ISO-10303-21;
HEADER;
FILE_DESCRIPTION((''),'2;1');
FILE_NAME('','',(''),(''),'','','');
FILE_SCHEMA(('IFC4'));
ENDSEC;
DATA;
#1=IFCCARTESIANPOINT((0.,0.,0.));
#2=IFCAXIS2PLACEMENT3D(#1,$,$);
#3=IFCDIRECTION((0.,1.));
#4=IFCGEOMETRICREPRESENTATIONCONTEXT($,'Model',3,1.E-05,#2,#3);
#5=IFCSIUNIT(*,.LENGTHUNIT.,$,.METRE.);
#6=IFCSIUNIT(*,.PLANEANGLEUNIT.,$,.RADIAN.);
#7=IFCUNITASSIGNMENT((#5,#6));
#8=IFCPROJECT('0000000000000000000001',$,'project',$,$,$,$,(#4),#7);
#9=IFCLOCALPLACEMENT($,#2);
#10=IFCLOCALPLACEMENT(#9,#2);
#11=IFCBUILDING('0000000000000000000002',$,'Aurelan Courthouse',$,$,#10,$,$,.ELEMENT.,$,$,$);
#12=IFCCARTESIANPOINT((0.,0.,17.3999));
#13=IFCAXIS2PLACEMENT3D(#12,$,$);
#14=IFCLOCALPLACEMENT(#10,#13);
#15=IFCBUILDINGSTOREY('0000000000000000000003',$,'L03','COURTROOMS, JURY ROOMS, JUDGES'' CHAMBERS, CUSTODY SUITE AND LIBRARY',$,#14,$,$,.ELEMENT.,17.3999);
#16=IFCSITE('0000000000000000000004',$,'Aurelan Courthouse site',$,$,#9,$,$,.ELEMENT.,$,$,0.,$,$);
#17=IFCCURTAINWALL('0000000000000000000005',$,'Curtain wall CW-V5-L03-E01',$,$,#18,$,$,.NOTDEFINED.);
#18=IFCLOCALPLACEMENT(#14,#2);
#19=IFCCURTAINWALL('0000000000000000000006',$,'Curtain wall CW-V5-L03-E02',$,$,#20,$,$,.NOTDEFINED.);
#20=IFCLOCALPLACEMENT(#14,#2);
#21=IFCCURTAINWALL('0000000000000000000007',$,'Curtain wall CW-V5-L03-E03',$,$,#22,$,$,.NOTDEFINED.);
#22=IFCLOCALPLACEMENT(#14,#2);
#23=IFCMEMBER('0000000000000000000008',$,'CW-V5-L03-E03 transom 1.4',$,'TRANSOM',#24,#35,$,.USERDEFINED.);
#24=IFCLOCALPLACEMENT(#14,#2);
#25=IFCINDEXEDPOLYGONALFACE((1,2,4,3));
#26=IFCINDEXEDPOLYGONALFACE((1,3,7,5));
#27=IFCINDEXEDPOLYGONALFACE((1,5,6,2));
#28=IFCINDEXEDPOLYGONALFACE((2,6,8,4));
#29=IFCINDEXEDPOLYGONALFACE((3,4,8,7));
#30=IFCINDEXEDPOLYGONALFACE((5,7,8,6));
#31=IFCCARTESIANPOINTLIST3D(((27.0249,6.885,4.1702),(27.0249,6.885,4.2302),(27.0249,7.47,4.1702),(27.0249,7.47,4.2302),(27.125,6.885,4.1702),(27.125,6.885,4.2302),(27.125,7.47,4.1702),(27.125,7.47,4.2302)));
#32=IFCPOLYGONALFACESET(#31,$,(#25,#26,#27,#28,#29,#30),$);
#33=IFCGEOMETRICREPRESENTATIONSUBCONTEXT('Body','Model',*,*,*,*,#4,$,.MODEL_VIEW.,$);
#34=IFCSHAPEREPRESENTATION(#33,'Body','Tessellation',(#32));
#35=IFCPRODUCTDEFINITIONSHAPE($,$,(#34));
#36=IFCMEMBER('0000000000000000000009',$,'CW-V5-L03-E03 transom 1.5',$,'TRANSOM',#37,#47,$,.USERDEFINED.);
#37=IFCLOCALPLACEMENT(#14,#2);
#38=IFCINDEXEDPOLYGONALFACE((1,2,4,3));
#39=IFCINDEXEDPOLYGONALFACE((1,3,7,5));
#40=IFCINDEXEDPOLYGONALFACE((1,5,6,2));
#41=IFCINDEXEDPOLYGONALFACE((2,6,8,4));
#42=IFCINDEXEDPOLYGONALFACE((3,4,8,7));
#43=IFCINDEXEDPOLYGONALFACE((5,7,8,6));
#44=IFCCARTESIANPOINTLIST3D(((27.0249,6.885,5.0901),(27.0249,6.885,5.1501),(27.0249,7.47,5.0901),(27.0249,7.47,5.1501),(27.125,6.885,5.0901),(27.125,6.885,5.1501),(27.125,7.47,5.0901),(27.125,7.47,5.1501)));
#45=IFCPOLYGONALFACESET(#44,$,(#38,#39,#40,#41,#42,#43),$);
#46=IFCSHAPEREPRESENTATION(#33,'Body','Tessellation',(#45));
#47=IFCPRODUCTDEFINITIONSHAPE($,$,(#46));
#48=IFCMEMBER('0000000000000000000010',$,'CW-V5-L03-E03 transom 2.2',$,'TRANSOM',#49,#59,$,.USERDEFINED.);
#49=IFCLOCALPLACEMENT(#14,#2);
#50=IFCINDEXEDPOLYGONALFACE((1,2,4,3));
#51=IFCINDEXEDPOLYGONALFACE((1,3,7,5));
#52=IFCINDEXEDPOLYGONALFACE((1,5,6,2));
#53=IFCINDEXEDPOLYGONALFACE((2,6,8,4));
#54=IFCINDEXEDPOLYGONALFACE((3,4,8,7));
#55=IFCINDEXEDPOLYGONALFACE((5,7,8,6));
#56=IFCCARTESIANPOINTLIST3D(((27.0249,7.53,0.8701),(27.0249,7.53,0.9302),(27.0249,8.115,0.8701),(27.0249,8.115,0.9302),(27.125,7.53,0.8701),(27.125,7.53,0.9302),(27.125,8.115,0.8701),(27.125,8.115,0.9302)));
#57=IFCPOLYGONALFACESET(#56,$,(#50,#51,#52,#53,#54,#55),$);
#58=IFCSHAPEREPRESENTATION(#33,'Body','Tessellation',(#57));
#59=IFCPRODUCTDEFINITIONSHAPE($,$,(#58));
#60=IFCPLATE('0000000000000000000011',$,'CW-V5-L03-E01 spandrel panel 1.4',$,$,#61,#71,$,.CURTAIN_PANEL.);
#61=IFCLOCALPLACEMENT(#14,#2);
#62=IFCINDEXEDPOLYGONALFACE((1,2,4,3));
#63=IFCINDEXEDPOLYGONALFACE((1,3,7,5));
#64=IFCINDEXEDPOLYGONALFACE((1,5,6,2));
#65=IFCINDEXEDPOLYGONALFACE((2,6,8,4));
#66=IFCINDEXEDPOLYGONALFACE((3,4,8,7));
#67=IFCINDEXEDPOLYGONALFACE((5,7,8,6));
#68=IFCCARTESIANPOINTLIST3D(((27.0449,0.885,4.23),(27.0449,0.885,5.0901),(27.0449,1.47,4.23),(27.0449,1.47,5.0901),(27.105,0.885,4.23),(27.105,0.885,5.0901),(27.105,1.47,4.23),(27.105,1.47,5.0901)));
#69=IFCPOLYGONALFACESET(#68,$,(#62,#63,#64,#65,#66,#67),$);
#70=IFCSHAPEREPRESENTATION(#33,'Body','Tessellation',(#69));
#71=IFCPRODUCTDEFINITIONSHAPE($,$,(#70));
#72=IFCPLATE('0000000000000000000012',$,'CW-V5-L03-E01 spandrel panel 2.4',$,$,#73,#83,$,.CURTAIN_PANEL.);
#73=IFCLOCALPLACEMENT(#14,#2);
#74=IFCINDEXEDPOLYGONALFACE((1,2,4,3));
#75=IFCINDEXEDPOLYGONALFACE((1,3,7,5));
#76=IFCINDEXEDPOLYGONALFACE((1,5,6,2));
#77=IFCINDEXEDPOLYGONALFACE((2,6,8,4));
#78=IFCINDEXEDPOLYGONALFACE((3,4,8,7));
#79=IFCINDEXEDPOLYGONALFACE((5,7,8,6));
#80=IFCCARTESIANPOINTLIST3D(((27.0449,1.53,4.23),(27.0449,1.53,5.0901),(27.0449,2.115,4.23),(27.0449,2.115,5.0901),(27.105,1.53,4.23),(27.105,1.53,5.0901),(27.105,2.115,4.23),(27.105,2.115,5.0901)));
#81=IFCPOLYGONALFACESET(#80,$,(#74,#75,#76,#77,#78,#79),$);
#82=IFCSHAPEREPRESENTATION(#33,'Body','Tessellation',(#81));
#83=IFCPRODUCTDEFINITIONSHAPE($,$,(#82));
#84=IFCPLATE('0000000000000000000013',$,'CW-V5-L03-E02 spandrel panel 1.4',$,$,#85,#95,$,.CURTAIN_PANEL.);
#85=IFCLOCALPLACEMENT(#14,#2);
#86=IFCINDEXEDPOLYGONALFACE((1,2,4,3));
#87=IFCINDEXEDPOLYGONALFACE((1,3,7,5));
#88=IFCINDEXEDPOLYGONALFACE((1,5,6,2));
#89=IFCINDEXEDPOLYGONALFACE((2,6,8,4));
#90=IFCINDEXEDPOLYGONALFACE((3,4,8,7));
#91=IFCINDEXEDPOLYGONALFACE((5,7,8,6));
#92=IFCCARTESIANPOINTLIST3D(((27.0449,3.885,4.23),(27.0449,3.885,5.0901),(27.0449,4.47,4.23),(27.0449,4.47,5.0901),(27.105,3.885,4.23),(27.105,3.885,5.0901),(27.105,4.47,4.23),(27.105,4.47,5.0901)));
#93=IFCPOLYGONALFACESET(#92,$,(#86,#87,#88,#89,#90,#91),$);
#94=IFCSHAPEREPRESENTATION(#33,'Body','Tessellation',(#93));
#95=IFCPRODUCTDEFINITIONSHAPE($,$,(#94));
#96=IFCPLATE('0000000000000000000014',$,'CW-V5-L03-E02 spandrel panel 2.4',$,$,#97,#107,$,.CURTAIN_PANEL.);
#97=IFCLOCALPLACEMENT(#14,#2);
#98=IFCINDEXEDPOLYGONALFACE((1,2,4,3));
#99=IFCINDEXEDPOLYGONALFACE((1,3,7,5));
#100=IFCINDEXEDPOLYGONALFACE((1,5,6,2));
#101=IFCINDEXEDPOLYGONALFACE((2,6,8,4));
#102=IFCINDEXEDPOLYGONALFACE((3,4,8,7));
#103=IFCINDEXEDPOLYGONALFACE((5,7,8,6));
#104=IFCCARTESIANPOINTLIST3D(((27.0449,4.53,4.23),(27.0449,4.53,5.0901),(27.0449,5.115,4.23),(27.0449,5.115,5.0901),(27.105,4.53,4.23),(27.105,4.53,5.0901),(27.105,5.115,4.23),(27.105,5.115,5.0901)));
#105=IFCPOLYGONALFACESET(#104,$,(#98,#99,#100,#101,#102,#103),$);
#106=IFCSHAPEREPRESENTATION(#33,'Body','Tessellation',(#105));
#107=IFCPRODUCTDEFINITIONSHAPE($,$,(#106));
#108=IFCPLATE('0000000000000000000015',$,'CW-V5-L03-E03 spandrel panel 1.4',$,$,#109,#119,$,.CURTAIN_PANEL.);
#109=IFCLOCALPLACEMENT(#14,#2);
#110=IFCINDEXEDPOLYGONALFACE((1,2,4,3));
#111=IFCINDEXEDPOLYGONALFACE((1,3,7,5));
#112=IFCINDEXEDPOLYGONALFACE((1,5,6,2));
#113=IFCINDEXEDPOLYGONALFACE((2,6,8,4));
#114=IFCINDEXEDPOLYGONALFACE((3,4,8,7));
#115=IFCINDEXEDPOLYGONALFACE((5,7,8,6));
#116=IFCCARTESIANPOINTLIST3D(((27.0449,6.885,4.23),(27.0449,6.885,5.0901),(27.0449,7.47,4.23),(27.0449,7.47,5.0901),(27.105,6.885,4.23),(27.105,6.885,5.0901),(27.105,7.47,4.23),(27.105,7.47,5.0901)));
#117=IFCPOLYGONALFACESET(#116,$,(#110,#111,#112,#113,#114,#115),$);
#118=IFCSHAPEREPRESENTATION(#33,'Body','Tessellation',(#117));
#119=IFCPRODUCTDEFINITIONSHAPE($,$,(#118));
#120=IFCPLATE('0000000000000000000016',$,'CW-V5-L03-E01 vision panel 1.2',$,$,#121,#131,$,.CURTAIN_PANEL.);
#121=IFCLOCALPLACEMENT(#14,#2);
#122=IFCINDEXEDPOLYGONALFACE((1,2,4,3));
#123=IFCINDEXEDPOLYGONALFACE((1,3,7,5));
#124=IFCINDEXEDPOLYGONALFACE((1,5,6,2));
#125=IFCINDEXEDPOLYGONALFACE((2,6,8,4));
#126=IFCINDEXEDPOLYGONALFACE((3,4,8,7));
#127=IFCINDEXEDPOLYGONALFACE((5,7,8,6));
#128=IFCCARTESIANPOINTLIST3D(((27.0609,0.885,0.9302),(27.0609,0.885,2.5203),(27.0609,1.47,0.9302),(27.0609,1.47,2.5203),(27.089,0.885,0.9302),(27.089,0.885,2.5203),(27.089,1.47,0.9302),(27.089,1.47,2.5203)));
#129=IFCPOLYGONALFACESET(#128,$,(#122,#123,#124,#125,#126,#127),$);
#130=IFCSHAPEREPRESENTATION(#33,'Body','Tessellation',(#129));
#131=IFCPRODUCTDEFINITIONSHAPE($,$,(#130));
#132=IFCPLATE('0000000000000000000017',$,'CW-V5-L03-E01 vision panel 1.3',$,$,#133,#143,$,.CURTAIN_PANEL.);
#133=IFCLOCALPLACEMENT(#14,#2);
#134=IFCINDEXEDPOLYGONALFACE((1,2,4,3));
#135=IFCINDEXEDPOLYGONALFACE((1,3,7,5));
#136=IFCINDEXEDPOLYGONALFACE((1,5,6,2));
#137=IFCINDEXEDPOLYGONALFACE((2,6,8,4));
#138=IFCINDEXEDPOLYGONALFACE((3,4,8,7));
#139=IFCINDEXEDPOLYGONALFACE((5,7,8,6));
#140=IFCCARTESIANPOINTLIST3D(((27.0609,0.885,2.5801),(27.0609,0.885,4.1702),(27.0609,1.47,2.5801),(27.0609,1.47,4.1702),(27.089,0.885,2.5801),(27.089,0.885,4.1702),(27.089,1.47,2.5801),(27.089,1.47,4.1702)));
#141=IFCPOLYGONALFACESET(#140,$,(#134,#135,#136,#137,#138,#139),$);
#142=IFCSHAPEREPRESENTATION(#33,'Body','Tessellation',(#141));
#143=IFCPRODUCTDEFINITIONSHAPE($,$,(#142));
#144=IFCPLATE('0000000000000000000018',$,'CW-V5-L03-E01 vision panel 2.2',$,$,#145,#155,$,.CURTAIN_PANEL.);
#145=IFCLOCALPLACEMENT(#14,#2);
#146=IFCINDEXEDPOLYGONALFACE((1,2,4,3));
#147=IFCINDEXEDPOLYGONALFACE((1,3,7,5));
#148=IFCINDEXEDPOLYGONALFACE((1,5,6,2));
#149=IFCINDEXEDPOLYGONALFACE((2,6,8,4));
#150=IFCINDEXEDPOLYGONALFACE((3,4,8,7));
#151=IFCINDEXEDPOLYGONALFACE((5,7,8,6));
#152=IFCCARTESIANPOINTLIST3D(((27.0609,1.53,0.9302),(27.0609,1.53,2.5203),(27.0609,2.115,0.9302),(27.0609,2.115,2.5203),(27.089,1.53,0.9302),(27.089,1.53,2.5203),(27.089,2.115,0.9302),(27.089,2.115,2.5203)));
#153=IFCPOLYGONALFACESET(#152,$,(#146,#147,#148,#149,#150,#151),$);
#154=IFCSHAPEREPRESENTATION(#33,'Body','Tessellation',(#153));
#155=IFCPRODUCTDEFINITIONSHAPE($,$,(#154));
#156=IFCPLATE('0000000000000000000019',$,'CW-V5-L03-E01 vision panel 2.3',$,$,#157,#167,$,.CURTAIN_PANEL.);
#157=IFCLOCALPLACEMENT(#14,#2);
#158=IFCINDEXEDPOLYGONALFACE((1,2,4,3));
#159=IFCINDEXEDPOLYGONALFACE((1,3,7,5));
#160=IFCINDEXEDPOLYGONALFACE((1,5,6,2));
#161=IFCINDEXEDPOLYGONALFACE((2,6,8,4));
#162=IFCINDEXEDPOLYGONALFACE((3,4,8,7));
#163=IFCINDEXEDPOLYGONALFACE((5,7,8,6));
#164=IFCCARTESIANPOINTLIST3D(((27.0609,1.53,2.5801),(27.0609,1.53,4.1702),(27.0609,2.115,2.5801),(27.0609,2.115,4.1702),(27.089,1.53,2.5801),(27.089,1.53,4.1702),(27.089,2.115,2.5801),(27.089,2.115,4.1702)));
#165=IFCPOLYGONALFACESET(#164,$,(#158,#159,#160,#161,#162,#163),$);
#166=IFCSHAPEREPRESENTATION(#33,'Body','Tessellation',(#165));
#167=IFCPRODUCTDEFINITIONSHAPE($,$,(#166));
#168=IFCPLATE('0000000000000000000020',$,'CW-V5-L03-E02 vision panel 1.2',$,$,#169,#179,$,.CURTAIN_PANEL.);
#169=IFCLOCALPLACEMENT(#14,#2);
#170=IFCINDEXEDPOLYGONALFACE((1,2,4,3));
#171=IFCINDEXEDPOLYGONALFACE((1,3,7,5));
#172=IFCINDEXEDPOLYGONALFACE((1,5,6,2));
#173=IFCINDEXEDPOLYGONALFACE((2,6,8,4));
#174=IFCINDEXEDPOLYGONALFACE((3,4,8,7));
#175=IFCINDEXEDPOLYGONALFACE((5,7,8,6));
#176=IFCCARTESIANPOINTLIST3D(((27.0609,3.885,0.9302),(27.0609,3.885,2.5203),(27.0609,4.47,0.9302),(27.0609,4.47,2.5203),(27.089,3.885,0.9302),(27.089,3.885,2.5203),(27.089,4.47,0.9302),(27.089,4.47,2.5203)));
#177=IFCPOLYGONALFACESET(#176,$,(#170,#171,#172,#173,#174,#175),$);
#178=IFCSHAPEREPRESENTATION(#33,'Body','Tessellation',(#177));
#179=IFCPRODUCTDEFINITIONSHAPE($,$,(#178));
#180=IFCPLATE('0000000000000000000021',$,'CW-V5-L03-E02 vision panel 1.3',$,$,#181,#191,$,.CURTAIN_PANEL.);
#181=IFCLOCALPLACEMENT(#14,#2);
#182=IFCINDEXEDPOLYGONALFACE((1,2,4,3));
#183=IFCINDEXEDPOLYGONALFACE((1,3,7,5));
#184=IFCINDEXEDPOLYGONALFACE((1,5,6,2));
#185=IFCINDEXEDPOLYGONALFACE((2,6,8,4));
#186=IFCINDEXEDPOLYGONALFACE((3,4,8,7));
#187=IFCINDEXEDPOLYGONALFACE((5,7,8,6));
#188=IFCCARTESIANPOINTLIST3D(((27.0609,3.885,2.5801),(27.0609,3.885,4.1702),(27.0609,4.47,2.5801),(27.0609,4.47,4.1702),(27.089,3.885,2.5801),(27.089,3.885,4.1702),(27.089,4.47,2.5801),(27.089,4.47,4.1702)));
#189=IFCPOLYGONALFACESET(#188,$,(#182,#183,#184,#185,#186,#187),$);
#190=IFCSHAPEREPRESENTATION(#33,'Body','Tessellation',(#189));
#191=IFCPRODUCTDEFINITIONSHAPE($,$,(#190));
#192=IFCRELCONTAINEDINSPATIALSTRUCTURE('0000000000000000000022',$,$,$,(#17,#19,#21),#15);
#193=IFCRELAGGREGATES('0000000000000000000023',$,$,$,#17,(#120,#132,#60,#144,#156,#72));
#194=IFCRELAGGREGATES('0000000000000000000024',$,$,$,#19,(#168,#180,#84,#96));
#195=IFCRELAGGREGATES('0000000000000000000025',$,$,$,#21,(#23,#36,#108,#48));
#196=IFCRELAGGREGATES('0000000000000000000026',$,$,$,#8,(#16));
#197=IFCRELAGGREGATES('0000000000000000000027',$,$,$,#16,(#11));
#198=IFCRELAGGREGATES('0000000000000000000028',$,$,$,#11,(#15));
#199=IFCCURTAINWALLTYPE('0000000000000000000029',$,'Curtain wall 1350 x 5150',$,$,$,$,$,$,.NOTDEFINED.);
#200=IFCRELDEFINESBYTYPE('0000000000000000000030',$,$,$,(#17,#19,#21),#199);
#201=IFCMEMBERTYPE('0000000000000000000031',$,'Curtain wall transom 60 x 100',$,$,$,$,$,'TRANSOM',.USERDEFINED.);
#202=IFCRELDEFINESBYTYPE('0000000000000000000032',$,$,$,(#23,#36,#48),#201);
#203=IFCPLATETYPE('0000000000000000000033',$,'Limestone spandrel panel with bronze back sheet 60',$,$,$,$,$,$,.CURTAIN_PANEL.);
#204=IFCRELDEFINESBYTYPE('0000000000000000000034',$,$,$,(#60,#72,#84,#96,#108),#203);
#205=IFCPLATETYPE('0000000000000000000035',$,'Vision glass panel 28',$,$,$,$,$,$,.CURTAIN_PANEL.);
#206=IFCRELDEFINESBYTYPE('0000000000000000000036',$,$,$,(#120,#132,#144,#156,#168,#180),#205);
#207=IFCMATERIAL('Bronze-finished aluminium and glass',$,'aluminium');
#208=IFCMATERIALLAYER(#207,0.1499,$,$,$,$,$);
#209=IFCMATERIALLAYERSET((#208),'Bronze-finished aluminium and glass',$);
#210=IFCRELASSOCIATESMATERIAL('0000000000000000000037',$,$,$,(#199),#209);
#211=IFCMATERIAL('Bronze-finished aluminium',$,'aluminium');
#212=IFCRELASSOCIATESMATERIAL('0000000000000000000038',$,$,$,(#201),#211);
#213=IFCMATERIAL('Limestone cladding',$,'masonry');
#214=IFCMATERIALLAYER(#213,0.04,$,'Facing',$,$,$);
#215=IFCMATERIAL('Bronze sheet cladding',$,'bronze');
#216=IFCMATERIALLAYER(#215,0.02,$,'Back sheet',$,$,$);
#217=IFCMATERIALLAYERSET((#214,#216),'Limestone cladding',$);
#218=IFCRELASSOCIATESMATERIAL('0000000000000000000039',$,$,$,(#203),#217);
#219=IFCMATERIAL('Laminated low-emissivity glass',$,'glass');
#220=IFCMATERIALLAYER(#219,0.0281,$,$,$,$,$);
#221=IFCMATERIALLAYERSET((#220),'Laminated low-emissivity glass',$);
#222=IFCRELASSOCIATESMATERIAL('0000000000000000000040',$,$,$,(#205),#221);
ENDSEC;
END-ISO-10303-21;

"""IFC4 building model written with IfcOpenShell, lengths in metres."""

from ifc_helpers import new_model, si_unit, direction, frame, origin, origin_2d, place, context, subcontext, project, spatial, rectangle, extrude, material, layer, layer_set, material_profile, profile_set, type_object, element, aggregate, save


model = new_model("IFC4")

# Units and contexts
model_context = context("Model", 3, precision=1e-05, world=origin(), true_north=direction((0.0, 1.0)))
body_context = subcontext(model_context, "Body", "Model", "MODEL_VIEW")
ifc_project = project(units=[si_unit("LENGTHUNIT", "METRE"), si_unit("PLANEANGLEUNIT", "RADIAN")], contexts=[model_context])

# Site, building, storey
site_placement = place(None, origin())
site = spatial("IfcSite", under=ifc_project, at=site_placement, Name="Aurelan Courthouse site", CompositionType="ELEMENT", RefElevation=0.0)
building_placement = place(site_placement, origin())
building = spatial("IfcBuilding", under=site, at=building_placement, Name="Aurelan Courthouse", CompositionType="ELEMENT")
storey_placement = place(building_placement, frame((0.0, 0.0, 17.3999)))
storey = spatial("IfcBuildingStorey", under=building, at=storey_placement, Name="L03", Description="COURTROOMS, JURY ROOMS, JUDGES' CHAMBERS, CUSTODY SUITE AND LIBRARY", CompositionType="ELEMENT", Elevation=17.3999)

# Curtain walls, members
ifc_material_1 = material(Name="Bronze-finished aluminium and glass", Category="aluminium")
ifc_layer_1 = layer(ifc_material_1, 0.1499)
ifc_layer_set_1 = layer_set([ifc_layer_1], Name="Bronze-finished aluminium and glass")
curtain_wall_type = type_object("IfcCurtainWallType", Name="Curtain wall 1350 x 5150", PredefinedType="NOTDEFINED", material=ifc_layer_set_1)
curtain_wall_1_placement = place(storey_placement, origin())
curtain_wall_1 = element("IfcCurtainWall", 1, at=curtain_wall_1_placement, inside=storey, type_object=curtain_wall_type, Name="Curtain wall CW-V5-L03-E01", PredefinedType="NOTDEFINED")
ifc_material_2 = material(Name="Bronze-finished aluminium", Category="aluminium")
ifc_material_profile = material_profile(ifc_material_2, rectangle(XDim=0.1001, YDim=0.0601, at=origin_2d()), Name="Bronze transom 60 x 100")
ifc_profile_set = profile_set([ifc_material_profile], Name="Bronze-finished aluminium")
member_type = type_object("IfcMemberType", Name="Curtain wall transom 60 x 100", ElementType="TRANSOM", PredefinedType="USERDEFINED", material=ifc_profile_set)
curtain_wall_2_placement = place(storey_placement, origin())
curtain_wall_2 = element("IfcCurtainWall", 2, at=curtain_wall_2_placement, inside=storey, type_object=curtain_wall_type, Name="Curtain wall CW-V5-L03-E02", PredefinedType="NOTDEFINED")
curtain_wall_3_placement = place(storey_placement, origin())
curtain_wall_3 = element("IfcCurtainWall", 3, at=curtain_wall_3_placement, inside=storey, type_object=curtain_wall_type, Name="Curtain wall CW-V5-L03-E03", PredefinedType="NOTDEFINED")
member_1_placement = place(storey_placement, frame((27.075, 6.885, 4.2002), z_axis=(0.0, 1.0, 0.0), x_axis=(-1.0, 0.0, 0.0)))
member_1 = element("IfcMember", 4, at=member_1_placement, type_object=member_type, Name="CW-V5-L03-E03 transom 1.4", ObjectType="TRANSOM", PredefinedType="USERDEFINED", context=body_context, shape_type="SweptSolid", body=[
    extrude(rectangle(XDim=0.1001, YDim=0.0601, at=origin_2d()), origin(), (0.0, 0.0, 1.0), 0.585),
])
member_2_placement = place(storey_placement, frame((27.075, 6.885, 5.1201), z_axis=(0.0, 1.0, 0.0), x_axis=(-1.0, 0.0, 0.0)))
member_2 = element("IfcMember", 5, at=member_2_placement, type_object=member_type, Name="CW-V5-L03-E03 transom 1.5", ObjectType="TRANSOM", PredefinedType="USERDEFINED", context=body_context, shape_type="SweptSolid", body=[
    extrude(rectangle(XDim=0.1001, YDim=0.0601, at=origin_2d()), origin(), (0.0, 0.0, 1.0), 0.585),
])
member_3_placement = place(storey_placement, frame((27.075, 7.53, 0.9001), z_axis=(0.0, 1.0, 0.0), x_axis=(-1.0, 0.0, 0.0)))
member_3 = element("IfcMember", 6, at=member_3_placement, type_object=member_type, Name="CW-V5-L03-E03 transom 2.2", ObjectType="TRANSOM", PredefinedType="USERDEFINED", context=body_context, shape_type="SweptSolid", body=[
    extrude(rectangle(XDim=0.1001, YDim=0.0601, at=origin_2d()), origin(), (0.0, 0.0, 1.0), 0.585),
])

# Plates
ifc_material_3 = material(Name="Limestone cladding", Category="masonry")
ifc_layer_2 = layer(ifc_material_3, 0.04, Name="Facing")
ifc_material_4 = material(Name="Bronze sheet cladding", Category="bronze")
ifc_layer_3 = layer(ifc_material_4, 0.02, Name="Back sheet")
ifc_layer_set_2 = layer_set([ifc_layer_2, ifc_layer_3], Name="Limestone cladding")
plate_type_1 = type_object("IfcPlateType", Name="Limestone spandrel panel with bronze back sheet 60", PredefinedType="CURTAIN_PANEL", material=ifc_layer_set_2)
plate_1_placement = place(storey_placement, frame((27.075, 1.1775, 4.23), z_axis=(0.0, 0.0, 1.0), x_axis=(0.0, 1.0, 0.0)))
plate_1 = element("IfcPlate", 7, at=plate_1_placement, type_object=plate_type_1, Name="CW-V5-L03-E01 spandrel panel 1.4", PredefinedType="CURTAIN_PANEL", context=body_context, shape_type="SweptSolid", body=[
    extrude(rectangle(XDim=0.585, YDim=0.0601, at=origin_2d()), origin(), (0.0, 0.0, 1.0), 0.8601),
])
plate_2_placement = place(storey_placement, frame((27.075, 1.8225, 4.23), z_axis=(0.0, 0.0, 1.0), x_axis=(0.0, 1.0, 0.0)))
plate_2 = element("IfcPlate", 8, at=plate_2_placement, type_object=plate_type_1, Name="CW-V5-L03-E01 spandrel panel 2.4", PredefinedType="CURTAIN_PANEL", context=body_context, shape_type="SweptSolid", body=[
    extrude(rectangle(XDim=0.585, YDim=0.0601, at=origin_2d()), origin(), (0.0, 0.0, 1.0), 0.8601),
])
plate_3_placement = place(storey_placement, frame((27.075, 4.1775, 4.23), z_axis=(0.0, 0.0, 1.0), x_axis=(0.0, 1.0, 0.0)))
plate_3 = element("IfcPlate", 9, at=plate_3_placement, type_object=plate_type_1, Name="CW-V5-L03-E02 spandrel panel 1.4", PredefinedType="CURTAIN_PANEL", context=body_context, shape_type="SweptSolid", body=[
    extrude(rectangle(XDim=0.585, YDim=0.0601, at=origin_2d()), origin(), (0.0, 0.0, 1.0), 0.8601),
])
plate_4_placement = place(storey_placement, frame((27.075, 4.8225, 4.23), z_axis=(0.0, 0.0, 1.0), x_axis=(0.0, 1.0, 0.0)))
plate_4 = element("IfcPlate", 10, at=plate_4_placement, type_object=plate_type_1, Name="CW-V5-L03-E02 spandrel panel 2.4", PredefinedType="CURTAIN_PANEL", context=body_context, shape_type="SweptSolid", body=[
    extrude(rectangle(XDim=0.585, YDim=0.0601, at=origin_2d()), origin(), (0.0, 0.0, 1.0), 0.8601),
])
plate_5_placement = place(storey_placement, frame((27.075, 7.1775, 4.23), z_axis=(0.0, 0.0, 1.0), x_axis=(0.0, 1.0, 0.0)))
plate_5 = element("IfcPlate", 11, at=plate_5_placement, type_object=plate_type_1, Name="CW-V5-L03-E03 spandrel panel 1.4", PredefinedType="CURTAIN_PANEL", context=body_context, shape_type="SweptSolid", body=[
    extrude(rectangle(XDim=0.585, YDim=0.0601, at=origin_2d()), origin(), (0.0, 0.0, 1.0), 0.8601),
])
ifc_material_5 = material(Name="Laminated low-emissivity glass", Category="glass")
ifc_layer_4 = layer(ifc_material_5, 0.0281)
ifc_layer_set_3 = layer_set([ifc_layer_4], Name="Laminated low-emissivity glass")
plate_type_2 = type_object("IfcPlateType", Name="Vision glass panel 28", PredefinedType="CURTAIN_PANEL", material=ifc_layer_set_3)
plate_6_placement = place(storey_placement, frame((27.075, 1.1775, 0.9302), z_axis=(0.0, 0.0, 1.0), x_axis=(0.0, 1.0, 0.0)))
plate_6 = element("IfcPlate", 12, at=plate_6_placement, type_object=plate_type_2, Name="CW-V5-L03-E01 vision panel 1.2", PredefinedType="CURTAIN_PANEL", context=body_context, shape_type="SweptSolid", body=[
    extrude(rectangle(XDim=0.585, YDim=0.0281, at=origin_2d()), origin(), (0.0, 0.0, 1.0), 1.5901),
])
plate_7_placement = place(storey_placement, frame((27.075, 1.1775, 2.5801), z_axis=(0.0, 0.0, 1.0), x_axis=(0.0, 1.0, 0.0)))
plate_7 = element("IfcPlate", 13, at=plate_7_placement, type_object=plate_type_2, Name="CW-V5-L03-E01 vision panel 1.3", PredefinedType="CURTAIN_PANEL", context=body_context, shape_type="SweptSolid", body=[
    extrude(rectangle(XDim=0.585, YDim=0.0281, at=origin_2d()), origin(), (0.0, 0.0, 1.0), 1.5901),
])
plate_8_placement = place(storey_placement, frame((27.075, 1.8225, 0.9302), z_axis=(0.0, 0.0, 1.0), x_axis=(0.0, 1.0, 0.0)))
plate_8 = element("IfcPlate", 14, at=plate_8_placement, type_object=plate_type_2, Name="CW-V5-L03-E01 vision panel 2.2", PredefinedType="CURTAIN_PANEL", context=body_context, shape_type="SweptSolid", body=[
    extrude(rectangle(XDim=0.585, YDim=0.0281, at=origin_2d()), origin(), (0.0, 0.0, 1.0), 1.5901),
])
plate_9_placement = place(storey_placement, frame((27.075, 1.8225, 2.5801), z_axis=(0.0, 0.0, 1.0), x_axis=(0.0, 1.0, 0.0)))
plate_9 = element("IfcPlate", 15, at=plate_9_placement, type_object=plate_type_2, Name="CW-V5-L03-E01 vision panel 2.3", PredefinedType="CURTAIN_PANEL", context=body_context, shape_type="SweptSolid", body=[
    extrude(rectangle(XDim=0.585, YDim=0.0281, at=origin_2d()), origin(), (0.0, 0.0, 1.0), 1.5901),
])
aggregate(curtain_wall_1, [plate_6, plate_7, plate_1, plate_8, plate_9, plate_2])
plate_10_placement = place(storey_placement, frame((27.075, 4.1775, 0.9302), z_axis=(0.0, 0.0, 1.0), x_axis=(0.0, 1.0, 0.0)))
plate_10 = element("IfcPlate", 16, at=plate_10_placement, type_object=plate_type_2, Name="CW-V5-L03-E02 vision panel 1.2", PredefinedType="CURTAIN_PANEL", context=body_context, shape_type="SweptSolid", body=[
    extrude(rectangle(XDim=0.585, YDim=0.0281, at=origin_2d()), origin(), (0.0, 0.0, 1.0), 1.5901),
])
plate_11_placement = place(storey_placement, frame((27.075, 4.1775, 2.5801), z_axis=(0.0, 0.0, 1.0), x_axis=(0.0, 1.0, 0.0)))
plate_11 = element("IfcPlate", 17, at=plate_11_placement, type_object=plate_type_2, Name="CW-V5-L03-E02 vision panel 1.3", PredefinedType="CURTAIN_PANEL", context=body_context, shape_type="SweptSolid", body=[
    extrude(rectangle(XDim=0.585, YDim=0.0281, at=origin_2d()), origin(), (0.0, 0.0, 1.0), 1.5901),
])
aggregate(curtain_wall_2, [plate_10, plate_11, plate_3, plate_4])
aggregate(curtain_wall_3, [member_1, member_2, plate_5, member_3])

save(model, "model.ifc")
